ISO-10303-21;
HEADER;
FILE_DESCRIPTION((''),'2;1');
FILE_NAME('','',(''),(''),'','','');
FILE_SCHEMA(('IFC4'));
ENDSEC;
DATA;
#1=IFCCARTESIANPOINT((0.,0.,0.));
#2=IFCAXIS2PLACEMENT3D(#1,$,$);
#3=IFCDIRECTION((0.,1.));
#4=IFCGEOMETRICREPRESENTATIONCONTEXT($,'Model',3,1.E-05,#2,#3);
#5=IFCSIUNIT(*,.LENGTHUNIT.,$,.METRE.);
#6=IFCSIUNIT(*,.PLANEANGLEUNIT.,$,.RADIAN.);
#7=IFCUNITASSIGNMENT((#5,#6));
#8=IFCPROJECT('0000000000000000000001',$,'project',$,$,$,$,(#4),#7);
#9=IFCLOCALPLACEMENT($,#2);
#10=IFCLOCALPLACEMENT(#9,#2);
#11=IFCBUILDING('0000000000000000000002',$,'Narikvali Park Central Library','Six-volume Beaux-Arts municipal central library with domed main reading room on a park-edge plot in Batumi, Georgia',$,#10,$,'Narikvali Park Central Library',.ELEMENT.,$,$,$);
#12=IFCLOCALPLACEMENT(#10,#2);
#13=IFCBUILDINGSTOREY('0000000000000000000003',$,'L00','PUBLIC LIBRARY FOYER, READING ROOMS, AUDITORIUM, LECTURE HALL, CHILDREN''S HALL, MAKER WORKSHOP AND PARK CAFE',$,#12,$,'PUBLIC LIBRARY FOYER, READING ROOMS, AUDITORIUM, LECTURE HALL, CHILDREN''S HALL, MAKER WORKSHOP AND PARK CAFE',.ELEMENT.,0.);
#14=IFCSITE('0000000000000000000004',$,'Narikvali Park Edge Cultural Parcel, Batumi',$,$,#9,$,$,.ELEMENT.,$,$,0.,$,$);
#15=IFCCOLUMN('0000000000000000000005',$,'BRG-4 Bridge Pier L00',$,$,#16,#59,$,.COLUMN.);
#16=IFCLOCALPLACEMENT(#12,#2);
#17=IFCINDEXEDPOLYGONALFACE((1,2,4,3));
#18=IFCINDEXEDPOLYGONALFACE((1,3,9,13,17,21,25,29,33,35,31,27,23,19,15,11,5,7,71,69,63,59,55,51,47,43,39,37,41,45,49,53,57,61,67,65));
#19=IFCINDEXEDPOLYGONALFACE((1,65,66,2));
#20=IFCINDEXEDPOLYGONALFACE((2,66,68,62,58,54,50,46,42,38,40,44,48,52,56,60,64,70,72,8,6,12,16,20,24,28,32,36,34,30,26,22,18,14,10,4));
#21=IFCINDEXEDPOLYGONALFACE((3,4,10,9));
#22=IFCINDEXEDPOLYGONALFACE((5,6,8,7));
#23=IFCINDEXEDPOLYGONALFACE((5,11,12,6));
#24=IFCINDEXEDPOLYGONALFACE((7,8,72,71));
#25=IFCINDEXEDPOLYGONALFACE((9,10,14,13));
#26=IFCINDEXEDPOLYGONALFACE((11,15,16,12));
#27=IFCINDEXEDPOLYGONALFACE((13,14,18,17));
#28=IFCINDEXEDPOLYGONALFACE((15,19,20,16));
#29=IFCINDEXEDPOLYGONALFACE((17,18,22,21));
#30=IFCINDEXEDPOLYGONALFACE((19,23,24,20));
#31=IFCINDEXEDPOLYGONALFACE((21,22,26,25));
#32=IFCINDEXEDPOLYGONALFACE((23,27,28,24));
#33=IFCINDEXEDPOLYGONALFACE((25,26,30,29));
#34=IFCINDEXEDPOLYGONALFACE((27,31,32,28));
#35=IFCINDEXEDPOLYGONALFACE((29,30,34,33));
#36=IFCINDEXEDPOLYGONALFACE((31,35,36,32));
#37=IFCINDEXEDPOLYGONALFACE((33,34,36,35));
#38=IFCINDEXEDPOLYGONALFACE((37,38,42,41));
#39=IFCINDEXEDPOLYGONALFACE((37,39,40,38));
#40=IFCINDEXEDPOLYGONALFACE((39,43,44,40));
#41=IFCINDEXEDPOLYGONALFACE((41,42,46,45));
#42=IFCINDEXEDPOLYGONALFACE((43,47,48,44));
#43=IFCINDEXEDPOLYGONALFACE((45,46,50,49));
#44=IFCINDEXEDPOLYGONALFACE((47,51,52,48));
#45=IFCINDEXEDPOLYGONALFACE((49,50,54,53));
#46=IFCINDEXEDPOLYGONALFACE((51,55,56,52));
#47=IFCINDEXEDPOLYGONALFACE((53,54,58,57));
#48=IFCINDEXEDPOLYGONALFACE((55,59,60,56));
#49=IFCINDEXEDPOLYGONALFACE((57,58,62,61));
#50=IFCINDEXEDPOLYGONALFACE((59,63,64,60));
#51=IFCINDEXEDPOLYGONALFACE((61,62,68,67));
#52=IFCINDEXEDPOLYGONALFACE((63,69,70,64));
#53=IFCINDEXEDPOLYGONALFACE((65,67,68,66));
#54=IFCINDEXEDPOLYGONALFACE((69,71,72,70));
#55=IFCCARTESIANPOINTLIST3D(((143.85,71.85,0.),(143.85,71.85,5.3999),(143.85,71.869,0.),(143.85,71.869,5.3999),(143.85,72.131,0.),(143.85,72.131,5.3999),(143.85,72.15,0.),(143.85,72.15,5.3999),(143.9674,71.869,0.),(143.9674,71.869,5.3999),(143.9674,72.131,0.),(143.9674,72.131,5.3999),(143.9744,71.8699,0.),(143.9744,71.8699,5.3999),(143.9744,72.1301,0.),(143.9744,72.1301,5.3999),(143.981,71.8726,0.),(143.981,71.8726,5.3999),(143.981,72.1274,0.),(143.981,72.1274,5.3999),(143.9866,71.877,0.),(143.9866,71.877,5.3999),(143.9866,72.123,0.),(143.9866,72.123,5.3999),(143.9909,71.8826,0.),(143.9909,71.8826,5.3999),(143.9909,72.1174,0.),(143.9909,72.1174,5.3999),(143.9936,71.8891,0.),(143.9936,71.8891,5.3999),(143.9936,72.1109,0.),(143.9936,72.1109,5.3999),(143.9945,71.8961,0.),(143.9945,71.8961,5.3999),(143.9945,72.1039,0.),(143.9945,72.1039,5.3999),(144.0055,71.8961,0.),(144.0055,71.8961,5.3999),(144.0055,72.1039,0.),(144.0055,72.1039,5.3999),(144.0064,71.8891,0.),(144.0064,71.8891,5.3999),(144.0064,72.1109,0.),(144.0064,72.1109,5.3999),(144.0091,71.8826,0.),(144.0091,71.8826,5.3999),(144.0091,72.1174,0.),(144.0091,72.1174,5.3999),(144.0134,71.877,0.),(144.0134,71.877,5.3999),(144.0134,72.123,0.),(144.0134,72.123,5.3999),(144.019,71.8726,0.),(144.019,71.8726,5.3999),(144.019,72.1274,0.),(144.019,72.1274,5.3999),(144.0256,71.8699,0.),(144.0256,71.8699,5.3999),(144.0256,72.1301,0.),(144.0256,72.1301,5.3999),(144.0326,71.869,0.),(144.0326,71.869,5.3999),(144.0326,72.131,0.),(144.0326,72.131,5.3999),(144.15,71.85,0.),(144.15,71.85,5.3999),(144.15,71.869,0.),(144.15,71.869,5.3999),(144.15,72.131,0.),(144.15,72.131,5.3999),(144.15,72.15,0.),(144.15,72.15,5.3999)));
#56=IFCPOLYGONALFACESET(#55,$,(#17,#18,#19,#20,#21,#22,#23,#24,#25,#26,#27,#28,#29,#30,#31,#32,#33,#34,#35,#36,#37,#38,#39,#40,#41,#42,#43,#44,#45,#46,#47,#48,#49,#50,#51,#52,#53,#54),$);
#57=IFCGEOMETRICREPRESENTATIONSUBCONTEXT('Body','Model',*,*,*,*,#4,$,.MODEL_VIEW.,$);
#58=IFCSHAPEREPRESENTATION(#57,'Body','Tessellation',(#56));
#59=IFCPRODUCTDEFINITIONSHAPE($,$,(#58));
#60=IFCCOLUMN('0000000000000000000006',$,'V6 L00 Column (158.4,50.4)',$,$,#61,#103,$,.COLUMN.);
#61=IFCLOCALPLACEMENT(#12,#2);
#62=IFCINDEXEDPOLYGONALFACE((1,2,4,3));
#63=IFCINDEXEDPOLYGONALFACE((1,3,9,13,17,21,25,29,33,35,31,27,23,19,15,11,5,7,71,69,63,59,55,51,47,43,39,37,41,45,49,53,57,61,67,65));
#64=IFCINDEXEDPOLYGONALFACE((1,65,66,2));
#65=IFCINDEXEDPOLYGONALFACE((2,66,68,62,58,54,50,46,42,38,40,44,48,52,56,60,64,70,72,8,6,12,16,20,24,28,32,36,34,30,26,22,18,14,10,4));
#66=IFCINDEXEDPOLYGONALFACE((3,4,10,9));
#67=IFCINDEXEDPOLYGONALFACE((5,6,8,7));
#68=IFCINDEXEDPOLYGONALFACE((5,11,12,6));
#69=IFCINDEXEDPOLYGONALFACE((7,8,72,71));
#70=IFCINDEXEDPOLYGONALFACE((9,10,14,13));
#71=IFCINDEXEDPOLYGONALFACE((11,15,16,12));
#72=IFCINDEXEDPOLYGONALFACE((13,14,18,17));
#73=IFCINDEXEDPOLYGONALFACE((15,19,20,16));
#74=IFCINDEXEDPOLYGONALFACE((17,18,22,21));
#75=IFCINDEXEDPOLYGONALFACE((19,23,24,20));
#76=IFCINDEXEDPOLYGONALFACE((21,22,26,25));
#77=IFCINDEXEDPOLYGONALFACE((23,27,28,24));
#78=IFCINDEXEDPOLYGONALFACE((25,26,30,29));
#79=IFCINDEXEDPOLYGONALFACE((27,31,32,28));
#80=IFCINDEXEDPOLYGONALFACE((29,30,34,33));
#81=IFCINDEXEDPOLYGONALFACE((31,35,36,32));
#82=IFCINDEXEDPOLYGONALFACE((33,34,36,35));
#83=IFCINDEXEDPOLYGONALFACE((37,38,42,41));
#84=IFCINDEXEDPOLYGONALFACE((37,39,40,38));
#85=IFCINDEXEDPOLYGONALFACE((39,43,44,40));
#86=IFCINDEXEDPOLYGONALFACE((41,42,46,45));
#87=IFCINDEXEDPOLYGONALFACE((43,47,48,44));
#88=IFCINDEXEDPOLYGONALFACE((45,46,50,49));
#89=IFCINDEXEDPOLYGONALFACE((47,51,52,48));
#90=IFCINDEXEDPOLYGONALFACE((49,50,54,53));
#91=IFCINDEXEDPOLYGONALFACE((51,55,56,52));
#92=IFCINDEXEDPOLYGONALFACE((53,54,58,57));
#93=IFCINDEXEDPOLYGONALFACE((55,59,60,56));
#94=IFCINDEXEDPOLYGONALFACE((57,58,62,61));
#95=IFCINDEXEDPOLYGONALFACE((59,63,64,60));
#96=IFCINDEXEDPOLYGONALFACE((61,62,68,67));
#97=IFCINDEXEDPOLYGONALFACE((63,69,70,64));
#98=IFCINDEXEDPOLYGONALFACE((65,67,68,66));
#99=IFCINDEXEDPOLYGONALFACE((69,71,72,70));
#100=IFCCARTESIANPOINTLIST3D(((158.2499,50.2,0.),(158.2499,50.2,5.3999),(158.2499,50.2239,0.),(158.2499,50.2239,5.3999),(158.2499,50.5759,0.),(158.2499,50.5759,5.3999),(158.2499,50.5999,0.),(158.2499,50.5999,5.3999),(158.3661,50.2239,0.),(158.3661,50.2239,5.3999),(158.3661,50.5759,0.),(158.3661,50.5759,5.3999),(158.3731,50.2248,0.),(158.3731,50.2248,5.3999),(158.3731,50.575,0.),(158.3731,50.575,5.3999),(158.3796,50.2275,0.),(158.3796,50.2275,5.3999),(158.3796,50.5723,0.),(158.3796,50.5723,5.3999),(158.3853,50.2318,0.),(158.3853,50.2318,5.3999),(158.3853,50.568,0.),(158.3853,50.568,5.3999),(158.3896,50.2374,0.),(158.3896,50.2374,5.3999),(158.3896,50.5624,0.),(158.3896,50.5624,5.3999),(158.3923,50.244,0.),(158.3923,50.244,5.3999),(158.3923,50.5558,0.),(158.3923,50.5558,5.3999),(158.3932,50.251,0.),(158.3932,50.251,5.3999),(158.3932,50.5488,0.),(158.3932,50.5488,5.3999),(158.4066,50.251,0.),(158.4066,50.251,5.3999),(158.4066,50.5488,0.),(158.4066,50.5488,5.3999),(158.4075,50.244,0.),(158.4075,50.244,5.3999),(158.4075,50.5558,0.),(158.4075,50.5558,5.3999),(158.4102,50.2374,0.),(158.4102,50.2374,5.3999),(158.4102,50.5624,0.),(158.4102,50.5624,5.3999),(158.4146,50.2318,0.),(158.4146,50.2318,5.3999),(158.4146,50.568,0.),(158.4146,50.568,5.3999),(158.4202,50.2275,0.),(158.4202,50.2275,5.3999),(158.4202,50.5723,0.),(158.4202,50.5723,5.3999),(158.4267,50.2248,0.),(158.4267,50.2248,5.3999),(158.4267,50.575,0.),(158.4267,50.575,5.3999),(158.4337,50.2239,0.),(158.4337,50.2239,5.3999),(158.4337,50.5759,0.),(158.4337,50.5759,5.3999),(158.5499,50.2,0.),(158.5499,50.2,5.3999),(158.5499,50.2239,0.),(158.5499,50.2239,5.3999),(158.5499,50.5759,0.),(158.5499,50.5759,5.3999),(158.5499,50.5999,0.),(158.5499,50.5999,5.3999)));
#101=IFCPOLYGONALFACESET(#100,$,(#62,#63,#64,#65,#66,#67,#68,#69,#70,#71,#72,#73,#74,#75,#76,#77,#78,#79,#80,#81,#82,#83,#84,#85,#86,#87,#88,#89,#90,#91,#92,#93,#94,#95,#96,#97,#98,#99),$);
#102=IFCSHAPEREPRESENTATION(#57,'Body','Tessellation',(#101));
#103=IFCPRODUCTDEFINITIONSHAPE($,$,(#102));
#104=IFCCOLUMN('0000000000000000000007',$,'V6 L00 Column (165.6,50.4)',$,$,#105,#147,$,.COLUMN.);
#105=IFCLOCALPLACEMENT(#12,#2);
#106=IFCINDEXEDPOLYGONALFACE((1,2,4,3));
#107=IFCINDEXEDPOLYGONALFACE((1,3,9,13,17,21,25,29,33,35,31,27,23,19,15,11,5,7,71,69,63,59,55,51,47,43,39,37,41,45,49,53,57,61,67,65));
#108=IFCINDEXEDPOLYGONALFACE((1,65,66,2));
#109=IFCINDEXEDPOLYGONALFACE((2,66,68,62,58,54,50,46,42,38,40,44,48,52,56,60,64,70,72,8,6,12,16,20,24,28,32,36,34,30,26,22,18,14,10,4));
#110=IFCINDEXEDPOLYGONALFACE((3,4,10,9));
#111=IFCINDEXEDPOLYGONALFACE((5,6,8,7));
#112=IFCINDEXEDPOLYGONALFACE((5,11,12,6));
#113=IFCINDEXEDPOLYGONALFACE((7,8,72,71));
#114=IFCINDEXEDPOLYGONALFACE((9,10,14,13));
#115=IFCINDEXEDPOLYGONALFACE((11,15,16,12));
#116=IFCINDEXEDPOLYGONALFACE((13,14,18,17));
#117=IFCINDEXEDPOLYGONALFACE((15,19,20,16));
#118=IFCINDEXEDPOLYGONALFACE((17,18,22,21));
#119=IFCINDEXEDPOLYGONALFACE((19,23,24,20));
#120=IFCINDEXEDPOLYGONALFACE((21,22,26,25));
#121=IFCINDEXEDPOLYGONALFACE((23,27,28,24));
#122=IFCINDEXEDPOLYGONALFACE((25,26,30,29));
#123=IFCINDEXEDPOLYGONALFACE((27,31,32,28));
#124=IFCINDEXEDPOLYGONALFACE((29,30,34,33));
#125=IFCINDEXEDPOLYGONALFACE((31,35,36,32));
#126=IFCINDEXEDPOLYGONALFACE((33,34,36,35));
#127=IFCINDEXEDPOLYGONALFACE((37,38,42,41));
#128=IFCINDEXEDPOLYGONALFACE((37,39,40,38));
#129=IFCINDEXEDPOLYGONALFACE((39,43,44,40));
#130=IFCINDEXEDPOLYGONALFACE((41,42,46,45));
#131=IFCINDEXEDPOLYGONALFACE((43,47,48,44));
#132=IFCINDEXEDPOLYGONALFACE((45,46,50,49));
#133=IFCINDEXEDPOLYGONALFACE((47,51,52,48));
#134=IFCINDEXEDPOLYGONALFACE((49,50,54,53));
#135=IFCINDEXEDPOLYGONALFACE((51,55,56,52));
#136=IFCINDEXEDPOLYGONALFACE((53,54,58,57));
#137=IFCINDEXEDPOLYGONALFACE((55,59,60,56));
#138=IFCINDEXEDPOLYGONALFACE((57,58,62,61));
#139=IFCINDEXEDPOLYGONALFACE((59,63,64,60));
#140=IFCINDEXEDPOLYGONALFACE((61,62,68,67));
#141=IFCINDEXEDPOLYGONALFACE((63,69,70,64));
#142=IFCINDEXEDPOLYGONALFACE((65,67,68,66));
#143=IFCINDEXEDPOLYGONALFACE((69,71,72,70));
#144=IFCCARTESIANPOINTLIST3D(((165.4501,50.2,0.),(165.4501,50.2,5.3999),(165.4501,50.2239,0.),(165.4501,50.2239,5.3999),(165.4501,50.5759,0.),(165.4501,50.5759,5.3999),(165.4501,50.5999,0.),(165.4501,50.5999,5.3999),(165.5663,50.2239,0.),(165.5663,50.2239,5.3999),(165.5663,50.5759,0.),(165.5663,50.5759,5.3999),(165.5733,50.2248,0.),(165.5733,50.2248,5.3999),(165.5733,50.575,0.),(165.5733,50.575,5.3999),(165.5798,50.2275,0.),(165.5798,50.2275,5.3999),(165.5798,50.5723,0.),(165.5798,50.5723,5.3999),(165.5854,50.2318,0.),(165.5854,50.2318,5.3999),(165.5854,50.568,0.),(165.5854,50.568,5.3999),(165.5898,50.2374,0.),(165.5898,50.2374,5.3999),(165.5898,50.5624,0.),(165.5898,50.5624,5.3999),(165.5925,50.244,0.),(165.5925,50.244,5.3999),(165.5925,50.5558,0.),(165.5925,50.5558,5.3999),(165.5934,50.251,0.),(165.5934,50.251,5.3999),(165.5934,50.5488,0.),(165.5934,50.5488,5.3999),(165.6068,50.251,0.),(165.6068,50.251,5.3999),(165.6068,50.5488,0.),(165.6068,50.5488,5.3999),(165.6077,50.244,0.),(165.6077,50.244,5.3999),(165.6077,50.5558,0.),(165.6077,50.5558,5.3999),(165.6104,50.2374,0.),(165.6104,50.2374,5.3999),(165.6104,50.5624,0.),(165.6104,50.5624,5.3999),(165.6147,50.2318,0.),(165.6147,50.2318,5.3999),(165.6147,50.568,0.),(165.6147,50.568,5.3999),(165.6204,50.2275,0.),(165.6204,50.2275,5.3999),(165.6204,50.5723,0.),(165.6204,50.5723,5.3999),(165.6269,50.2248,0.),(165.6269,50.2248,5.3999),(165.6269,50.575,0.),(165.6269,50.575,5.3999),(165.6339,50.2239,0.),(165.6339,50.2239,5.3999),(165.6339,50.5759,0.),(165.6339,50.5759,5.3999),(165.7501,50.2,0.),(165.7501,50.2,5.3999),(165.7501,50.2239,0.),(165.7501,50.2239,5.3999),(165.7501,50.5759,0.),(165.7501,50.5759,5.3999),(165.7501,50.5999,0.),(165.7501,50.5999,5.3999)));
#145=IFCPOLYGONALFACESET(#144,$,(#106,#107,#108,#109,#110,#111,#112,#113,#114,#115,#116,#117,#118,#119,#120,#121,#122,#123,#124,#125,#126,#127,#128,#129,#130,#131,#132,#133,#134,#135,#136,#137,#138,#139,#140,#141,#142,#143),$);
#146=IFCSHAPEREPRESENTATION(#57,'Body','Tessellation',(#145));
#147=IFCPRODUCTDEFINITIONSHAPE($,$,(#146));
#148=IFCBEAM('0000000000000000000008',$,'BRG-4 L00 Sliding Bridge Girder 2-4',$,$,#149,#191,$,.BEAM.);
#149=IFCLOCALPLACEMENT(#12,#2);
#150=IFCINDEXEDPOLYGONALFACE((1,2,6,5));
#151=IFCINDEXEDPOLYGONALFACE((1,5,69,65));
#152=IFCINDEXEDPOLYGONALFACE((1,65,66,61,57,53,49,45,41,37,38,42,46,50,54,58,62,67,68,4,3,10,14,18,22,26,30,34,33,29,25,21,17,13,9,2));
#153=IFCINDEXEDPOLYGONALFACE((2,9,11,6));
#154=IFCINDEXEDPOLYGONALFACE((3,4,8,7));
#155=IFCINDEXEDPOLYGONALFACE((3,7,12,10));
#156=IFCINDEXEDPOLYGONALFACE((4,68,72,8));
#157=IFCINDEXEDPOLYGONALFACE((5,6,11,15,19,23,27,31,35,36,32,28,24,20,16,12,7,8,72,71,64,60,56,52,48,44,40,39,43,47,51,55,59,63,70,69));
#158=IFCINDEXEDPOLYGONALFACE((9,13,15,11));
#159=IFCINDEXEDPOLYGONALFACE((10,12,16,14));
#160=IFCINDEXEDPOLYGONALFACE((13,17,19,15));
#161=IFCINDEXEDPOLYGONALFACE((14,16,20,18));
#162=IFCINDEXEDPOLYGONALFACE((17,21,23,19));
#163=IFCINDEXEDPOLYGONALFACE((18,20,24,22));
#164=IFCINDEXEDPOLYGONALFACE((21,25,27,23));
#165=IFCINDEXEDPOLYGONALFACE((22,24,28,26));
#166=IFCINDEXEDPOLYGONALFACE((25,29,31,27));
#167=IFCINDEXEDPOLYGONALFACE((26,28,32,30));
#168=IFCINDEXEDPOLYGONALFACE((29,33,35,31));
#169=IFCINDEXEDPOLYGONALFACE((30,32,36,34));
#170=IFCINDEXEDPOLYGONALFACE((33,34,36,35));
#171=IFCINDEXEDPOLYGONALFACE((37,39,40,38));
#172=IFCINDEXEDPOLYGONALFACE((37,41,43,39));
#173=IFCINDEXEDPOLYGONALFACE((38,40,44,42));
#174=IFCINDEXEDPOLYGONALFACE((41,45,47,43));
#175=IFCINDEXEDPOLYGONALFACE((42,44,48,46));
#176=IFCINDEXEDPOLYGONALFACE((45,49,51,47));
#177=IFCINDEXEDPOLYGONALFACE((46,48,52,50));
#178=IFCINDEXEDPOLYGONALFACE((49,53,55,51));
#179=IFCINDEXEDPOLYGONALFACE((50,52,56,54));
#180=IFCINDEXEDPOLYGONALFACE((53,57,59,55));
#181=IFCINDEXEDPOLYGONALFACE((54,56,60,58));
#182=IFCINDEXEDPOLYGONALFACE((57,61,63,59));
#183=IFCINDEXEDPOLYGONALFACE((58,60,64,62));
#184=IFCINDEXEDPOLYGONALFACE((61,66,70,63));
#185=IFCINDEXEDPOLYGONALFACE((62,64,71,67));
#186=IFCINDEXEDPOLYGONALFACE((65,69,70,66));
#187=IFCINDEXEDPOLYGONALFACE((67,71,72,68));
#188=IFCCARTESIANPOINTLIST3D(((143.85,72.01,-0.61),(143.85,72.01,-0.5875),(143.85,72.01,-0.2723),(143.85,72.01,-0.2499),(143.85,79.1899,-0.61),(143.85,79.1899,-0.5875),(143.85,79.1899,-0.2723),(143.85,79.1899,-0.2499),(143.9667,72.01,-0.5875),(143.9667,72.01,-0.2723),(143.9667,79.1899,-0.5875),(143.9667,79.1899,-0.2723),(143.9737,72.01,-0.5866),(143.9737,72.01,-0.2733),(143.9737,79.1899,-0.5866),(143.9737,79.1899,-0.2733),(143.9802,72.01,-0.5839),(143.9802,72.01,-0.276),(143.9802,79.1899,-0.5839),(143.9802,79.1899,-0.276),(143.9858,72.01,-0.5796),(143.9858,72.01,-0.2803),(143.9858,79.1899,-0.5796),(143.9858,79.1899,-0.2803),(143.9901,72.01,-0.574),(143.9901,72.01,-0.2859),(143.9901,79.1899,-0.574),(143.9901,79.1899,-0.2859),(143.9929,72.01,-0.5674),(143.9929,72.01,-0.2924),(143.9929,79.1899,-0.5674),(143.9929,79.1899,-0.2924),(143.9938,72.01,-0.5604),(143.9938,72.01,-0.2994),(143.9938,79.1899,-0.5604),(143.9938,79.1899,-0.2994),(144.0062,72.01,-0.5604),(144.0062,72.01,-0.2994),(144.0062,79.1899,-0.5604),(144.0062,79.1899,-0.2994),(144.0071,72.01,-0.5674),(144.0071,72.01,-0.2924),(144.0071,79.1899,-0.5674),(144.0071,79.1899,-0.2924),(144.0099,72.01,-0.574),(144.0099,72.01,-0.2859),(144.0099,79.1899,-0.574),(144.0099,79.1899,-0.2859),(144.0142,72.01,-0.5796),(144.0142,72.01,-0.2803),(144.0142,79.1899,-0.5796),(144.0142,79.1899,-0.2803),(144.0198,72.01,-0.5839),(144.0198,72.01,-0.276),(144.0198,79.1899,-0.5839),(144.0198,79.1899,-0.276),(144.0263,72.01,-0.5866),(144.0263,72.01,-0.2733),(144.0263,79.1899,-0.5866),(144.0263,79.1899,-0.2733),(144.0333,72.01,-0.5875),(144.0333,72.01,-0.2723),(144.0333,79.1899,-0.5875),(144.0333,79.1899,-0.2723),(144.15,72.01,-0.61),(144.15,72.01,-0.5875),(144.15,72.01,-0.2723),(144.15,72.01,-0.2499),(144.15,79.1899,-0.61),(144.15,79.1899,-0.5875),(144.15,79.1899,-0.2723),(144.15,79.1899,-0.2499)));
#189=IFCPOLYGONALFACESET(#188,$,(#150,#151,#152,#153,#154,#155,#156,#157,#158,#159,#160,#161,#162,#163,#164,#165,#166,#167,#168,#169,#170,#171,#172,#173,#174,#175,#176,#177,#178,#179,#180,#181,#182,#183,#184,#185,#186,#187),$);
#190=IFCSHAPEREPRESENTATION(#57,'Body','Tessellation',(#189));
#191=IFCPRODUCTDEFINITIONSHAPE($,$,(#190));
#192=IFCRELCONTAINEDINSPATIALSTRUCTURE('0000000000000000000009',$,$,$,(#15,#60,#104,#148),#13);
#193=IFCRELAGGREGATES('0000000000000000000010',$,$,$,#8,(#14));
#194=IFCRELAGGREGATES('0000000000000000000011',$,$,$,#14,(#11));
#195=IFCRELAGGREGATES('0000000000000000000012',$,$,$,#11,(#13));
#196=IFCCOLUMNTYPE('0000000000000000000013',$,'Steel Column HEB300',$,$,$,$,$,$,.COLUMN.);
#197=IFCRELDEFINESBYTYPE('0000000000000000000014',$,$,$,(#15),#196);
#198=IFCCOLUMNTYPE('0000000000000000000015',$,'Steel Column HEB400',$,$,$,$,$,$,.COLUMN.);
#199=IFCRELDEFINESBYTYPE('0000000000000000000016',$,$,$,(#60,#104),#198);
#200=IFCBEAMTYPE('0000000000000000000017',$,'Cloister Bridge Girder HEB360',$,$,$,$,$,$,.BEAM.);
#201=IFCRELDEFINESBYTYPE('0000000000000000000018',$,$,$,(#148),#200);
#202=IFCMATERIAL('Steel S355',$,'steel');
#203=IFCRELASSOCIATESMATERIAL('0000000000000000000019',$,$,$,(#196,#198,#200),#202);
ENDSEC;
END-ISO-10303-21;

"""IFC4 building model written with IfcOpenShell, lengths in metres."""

from ifc_helpers import new_model, si_unit, direction, frame, origin, origin_2d, place, context, subcontext, project, spatial, i_section, extrude, material, material_profile, profile_set, type_object, element, save


model = new_model("IFC4")

# Units and contexts
model_context = context("Model", 3, precision=1e-05, world=origin(), true_north=direction((0.0, 1.0)))
body_context = subcontext(model_context, "Body", "Model", "MODEL_VIEW")
ifc_project = project(units=[si_unit("LENGTHUNIT", "METRE"), si_unit("PLANEANGLEUNIT", "RADIAN")], contexts=[model_context])

# Site, building, storey
site_placement = place(None, origin())
site = spatial("IfcSite", under=ifc_project, at=site_placement, Name="Narikvali Park Edge Cultural Parcel, Batumi", CompositionType="ELEMENT", RefElevation=0.0)
building_placement = place(site_placement, origin())
building = spatial("IfcBuilding", under=site, at=building_placement, Name="Narikvali Park Central Library", Description="Six-volume Beaux-Arts municipal central library with domed main reading room on a park-edge plot in Batumi, Georgia", LongName="Narikvali Park Central Library", CompositionType="ELEMENT")
storey_placement = place(building_placement, origin())
storey = spatial("IfcBuildingStorey", under=building, at=storey_placement, Name="L00", Description="PUBLIC LIBRARY FOYER, READING ROOMS, AUDITORIUM, LECTURE HALL, CHILDREN'S HALL, MAKER WORKSHOP AND PARK CAFE", LongName="PUBLIC LIBRARY FOYER, READING ROOMS, AUDITORIUM, LECTURE HALL, CHILDREN'S HALL, MAKER WORKSHOP AND PARK CAFE", CompositionType="ELEMENT", Elevation=0.0)

# Columns
ifc_material_1 = material(Name="Steel S355", Category="steel")
ifc_material_profile_1 = material_profile(ifc_material_1, i_section(OverallWidth=0.3, OverallDepth=0.3, WebThickness=0.011, FlangeThickness=0.019, FilletRadius=0.0271, at=origin_2d()), Name="HEB 300")
ifc_profile_set_1 = profile_set([ifc_material_profile_1], Name="Steel S355")
column_type_1 = type_object("IfcColumnType", Name="Steel Column HEB300", PredefinedType="COLUMN", material=ifc_profile_set_1)
column_placement = place(storey_placement, frame((144.0, 72.0, 0.0), z_axis=(0.0, 0.0, 1.0), x_axis=(1.0, 0.0, 0.0)))
element("IfcColumn", 1, at=column_placement, inside=storey, type_object=column_type_1, Name="BRG-4 Bridge Pier L00", PredefinedType="COLUMN", context=body_context, shape_type="SweptSolid", body=[
    extrude(i_section(OverallWidth=0.3, OverallDepth=0.3, WebThickness=0.011, FlangeThickness=0.019, FilletRadius=0.0271, at=origin_2d()), origin(), (0.0, 0.0, 1.0), 5.3999),
])
ifc_material_profile_2 = material_profile(ifc_material_1, i_section(OverallWidth=0.3, OverallDepth=0.3999, WebThickness=0.0134, FlangeThickness=0.0239, FilletRadius=0.0271, at=origin_2d()), Name="HEB 400")
ifc_profile_set_2 = profile_set([ifc_material_profile_2], Name="Steel S355")
column_type_2 = type_object("IfcColumnType", Name="Steel Column HEB400", PredefinedType="COLUMN", material=ifc_profile_set_2)
for number, where, z_axis, x_axis, name in (
    (2, (158.3999, 50.3999, 0.0), (0.0, 0.0, 1.0), (1.0, 0.0, 0.0), "V6 L00 Column (158.4,50.4)"),
    (3, (165.6001, 50.3999, 0.0), (0.0, 0.0, 1.0), (1.0, 0.0, 0.0), "V6 L00 Column (165.6,50.4)"),
):
    element("IfcColumn", number, at=place(storey_placement, frame(where, z_axis=z_axis, x_axis=x_axis)), inside=storey, type_object=column_type_2, Name=name, PredefinedType="COLUMN", context=body_context, shape_type="SweptSolid", body=[
        extrude(i_section(OverallWidth=0.3, OverallDepth=0.3999, WebThickness=0.0134, FlangeThickness=0.0239, FilletRadius=0.0271, at=origin_2d()), origin(), (0.0, 0.0, 1.0), 5.3999),
    ])

# Beam
ifc_material_profile_3 = material_profile(ifc_material_1, i_section(OverallWidth=0.3, OverallDepth=0.3601, WebThickness=0.0125, FlangeThickness=0.0225, FilletRadius=0.0271, at=origin_2d()), Name="HEB 360")
ifc_profile_set_3 = profile_set([ifc_material_profile_3], Name="Steel S355")
beam_type_1 = type_object("IfcBeamType", Name="Cloister Bridge Girder HEB360", PredefinedType="BEAM", material=ifc_profile_set_3)
beam_1_placement = place(storey_placement, frame((144.0, 72.01, -0.4299), z_axis=(0.0, 1.0, 0.0), x_axis=(-1.0, 0.0, 0.0)))
element("IfcBeam", 4, at=beam_1_placement, inside=storey, type_object=beam_type_1, Name="BRG-4 L00 Sliding Bridge Girder 2-4", PredefinedType="BEAM", context=body_context, shape_type="SweptSolid", body=[
    extrude(i_section(OverallWidth=0.3, OverallDepth=0.3601, WebThickness=0.0125, FlangeThickness=0.0225, FilletRadius=0.0271, at=origin_2d()), origin(), (0.0, 0.0, 1.0), 7.1799),
])

save(model, "model.ifc")
